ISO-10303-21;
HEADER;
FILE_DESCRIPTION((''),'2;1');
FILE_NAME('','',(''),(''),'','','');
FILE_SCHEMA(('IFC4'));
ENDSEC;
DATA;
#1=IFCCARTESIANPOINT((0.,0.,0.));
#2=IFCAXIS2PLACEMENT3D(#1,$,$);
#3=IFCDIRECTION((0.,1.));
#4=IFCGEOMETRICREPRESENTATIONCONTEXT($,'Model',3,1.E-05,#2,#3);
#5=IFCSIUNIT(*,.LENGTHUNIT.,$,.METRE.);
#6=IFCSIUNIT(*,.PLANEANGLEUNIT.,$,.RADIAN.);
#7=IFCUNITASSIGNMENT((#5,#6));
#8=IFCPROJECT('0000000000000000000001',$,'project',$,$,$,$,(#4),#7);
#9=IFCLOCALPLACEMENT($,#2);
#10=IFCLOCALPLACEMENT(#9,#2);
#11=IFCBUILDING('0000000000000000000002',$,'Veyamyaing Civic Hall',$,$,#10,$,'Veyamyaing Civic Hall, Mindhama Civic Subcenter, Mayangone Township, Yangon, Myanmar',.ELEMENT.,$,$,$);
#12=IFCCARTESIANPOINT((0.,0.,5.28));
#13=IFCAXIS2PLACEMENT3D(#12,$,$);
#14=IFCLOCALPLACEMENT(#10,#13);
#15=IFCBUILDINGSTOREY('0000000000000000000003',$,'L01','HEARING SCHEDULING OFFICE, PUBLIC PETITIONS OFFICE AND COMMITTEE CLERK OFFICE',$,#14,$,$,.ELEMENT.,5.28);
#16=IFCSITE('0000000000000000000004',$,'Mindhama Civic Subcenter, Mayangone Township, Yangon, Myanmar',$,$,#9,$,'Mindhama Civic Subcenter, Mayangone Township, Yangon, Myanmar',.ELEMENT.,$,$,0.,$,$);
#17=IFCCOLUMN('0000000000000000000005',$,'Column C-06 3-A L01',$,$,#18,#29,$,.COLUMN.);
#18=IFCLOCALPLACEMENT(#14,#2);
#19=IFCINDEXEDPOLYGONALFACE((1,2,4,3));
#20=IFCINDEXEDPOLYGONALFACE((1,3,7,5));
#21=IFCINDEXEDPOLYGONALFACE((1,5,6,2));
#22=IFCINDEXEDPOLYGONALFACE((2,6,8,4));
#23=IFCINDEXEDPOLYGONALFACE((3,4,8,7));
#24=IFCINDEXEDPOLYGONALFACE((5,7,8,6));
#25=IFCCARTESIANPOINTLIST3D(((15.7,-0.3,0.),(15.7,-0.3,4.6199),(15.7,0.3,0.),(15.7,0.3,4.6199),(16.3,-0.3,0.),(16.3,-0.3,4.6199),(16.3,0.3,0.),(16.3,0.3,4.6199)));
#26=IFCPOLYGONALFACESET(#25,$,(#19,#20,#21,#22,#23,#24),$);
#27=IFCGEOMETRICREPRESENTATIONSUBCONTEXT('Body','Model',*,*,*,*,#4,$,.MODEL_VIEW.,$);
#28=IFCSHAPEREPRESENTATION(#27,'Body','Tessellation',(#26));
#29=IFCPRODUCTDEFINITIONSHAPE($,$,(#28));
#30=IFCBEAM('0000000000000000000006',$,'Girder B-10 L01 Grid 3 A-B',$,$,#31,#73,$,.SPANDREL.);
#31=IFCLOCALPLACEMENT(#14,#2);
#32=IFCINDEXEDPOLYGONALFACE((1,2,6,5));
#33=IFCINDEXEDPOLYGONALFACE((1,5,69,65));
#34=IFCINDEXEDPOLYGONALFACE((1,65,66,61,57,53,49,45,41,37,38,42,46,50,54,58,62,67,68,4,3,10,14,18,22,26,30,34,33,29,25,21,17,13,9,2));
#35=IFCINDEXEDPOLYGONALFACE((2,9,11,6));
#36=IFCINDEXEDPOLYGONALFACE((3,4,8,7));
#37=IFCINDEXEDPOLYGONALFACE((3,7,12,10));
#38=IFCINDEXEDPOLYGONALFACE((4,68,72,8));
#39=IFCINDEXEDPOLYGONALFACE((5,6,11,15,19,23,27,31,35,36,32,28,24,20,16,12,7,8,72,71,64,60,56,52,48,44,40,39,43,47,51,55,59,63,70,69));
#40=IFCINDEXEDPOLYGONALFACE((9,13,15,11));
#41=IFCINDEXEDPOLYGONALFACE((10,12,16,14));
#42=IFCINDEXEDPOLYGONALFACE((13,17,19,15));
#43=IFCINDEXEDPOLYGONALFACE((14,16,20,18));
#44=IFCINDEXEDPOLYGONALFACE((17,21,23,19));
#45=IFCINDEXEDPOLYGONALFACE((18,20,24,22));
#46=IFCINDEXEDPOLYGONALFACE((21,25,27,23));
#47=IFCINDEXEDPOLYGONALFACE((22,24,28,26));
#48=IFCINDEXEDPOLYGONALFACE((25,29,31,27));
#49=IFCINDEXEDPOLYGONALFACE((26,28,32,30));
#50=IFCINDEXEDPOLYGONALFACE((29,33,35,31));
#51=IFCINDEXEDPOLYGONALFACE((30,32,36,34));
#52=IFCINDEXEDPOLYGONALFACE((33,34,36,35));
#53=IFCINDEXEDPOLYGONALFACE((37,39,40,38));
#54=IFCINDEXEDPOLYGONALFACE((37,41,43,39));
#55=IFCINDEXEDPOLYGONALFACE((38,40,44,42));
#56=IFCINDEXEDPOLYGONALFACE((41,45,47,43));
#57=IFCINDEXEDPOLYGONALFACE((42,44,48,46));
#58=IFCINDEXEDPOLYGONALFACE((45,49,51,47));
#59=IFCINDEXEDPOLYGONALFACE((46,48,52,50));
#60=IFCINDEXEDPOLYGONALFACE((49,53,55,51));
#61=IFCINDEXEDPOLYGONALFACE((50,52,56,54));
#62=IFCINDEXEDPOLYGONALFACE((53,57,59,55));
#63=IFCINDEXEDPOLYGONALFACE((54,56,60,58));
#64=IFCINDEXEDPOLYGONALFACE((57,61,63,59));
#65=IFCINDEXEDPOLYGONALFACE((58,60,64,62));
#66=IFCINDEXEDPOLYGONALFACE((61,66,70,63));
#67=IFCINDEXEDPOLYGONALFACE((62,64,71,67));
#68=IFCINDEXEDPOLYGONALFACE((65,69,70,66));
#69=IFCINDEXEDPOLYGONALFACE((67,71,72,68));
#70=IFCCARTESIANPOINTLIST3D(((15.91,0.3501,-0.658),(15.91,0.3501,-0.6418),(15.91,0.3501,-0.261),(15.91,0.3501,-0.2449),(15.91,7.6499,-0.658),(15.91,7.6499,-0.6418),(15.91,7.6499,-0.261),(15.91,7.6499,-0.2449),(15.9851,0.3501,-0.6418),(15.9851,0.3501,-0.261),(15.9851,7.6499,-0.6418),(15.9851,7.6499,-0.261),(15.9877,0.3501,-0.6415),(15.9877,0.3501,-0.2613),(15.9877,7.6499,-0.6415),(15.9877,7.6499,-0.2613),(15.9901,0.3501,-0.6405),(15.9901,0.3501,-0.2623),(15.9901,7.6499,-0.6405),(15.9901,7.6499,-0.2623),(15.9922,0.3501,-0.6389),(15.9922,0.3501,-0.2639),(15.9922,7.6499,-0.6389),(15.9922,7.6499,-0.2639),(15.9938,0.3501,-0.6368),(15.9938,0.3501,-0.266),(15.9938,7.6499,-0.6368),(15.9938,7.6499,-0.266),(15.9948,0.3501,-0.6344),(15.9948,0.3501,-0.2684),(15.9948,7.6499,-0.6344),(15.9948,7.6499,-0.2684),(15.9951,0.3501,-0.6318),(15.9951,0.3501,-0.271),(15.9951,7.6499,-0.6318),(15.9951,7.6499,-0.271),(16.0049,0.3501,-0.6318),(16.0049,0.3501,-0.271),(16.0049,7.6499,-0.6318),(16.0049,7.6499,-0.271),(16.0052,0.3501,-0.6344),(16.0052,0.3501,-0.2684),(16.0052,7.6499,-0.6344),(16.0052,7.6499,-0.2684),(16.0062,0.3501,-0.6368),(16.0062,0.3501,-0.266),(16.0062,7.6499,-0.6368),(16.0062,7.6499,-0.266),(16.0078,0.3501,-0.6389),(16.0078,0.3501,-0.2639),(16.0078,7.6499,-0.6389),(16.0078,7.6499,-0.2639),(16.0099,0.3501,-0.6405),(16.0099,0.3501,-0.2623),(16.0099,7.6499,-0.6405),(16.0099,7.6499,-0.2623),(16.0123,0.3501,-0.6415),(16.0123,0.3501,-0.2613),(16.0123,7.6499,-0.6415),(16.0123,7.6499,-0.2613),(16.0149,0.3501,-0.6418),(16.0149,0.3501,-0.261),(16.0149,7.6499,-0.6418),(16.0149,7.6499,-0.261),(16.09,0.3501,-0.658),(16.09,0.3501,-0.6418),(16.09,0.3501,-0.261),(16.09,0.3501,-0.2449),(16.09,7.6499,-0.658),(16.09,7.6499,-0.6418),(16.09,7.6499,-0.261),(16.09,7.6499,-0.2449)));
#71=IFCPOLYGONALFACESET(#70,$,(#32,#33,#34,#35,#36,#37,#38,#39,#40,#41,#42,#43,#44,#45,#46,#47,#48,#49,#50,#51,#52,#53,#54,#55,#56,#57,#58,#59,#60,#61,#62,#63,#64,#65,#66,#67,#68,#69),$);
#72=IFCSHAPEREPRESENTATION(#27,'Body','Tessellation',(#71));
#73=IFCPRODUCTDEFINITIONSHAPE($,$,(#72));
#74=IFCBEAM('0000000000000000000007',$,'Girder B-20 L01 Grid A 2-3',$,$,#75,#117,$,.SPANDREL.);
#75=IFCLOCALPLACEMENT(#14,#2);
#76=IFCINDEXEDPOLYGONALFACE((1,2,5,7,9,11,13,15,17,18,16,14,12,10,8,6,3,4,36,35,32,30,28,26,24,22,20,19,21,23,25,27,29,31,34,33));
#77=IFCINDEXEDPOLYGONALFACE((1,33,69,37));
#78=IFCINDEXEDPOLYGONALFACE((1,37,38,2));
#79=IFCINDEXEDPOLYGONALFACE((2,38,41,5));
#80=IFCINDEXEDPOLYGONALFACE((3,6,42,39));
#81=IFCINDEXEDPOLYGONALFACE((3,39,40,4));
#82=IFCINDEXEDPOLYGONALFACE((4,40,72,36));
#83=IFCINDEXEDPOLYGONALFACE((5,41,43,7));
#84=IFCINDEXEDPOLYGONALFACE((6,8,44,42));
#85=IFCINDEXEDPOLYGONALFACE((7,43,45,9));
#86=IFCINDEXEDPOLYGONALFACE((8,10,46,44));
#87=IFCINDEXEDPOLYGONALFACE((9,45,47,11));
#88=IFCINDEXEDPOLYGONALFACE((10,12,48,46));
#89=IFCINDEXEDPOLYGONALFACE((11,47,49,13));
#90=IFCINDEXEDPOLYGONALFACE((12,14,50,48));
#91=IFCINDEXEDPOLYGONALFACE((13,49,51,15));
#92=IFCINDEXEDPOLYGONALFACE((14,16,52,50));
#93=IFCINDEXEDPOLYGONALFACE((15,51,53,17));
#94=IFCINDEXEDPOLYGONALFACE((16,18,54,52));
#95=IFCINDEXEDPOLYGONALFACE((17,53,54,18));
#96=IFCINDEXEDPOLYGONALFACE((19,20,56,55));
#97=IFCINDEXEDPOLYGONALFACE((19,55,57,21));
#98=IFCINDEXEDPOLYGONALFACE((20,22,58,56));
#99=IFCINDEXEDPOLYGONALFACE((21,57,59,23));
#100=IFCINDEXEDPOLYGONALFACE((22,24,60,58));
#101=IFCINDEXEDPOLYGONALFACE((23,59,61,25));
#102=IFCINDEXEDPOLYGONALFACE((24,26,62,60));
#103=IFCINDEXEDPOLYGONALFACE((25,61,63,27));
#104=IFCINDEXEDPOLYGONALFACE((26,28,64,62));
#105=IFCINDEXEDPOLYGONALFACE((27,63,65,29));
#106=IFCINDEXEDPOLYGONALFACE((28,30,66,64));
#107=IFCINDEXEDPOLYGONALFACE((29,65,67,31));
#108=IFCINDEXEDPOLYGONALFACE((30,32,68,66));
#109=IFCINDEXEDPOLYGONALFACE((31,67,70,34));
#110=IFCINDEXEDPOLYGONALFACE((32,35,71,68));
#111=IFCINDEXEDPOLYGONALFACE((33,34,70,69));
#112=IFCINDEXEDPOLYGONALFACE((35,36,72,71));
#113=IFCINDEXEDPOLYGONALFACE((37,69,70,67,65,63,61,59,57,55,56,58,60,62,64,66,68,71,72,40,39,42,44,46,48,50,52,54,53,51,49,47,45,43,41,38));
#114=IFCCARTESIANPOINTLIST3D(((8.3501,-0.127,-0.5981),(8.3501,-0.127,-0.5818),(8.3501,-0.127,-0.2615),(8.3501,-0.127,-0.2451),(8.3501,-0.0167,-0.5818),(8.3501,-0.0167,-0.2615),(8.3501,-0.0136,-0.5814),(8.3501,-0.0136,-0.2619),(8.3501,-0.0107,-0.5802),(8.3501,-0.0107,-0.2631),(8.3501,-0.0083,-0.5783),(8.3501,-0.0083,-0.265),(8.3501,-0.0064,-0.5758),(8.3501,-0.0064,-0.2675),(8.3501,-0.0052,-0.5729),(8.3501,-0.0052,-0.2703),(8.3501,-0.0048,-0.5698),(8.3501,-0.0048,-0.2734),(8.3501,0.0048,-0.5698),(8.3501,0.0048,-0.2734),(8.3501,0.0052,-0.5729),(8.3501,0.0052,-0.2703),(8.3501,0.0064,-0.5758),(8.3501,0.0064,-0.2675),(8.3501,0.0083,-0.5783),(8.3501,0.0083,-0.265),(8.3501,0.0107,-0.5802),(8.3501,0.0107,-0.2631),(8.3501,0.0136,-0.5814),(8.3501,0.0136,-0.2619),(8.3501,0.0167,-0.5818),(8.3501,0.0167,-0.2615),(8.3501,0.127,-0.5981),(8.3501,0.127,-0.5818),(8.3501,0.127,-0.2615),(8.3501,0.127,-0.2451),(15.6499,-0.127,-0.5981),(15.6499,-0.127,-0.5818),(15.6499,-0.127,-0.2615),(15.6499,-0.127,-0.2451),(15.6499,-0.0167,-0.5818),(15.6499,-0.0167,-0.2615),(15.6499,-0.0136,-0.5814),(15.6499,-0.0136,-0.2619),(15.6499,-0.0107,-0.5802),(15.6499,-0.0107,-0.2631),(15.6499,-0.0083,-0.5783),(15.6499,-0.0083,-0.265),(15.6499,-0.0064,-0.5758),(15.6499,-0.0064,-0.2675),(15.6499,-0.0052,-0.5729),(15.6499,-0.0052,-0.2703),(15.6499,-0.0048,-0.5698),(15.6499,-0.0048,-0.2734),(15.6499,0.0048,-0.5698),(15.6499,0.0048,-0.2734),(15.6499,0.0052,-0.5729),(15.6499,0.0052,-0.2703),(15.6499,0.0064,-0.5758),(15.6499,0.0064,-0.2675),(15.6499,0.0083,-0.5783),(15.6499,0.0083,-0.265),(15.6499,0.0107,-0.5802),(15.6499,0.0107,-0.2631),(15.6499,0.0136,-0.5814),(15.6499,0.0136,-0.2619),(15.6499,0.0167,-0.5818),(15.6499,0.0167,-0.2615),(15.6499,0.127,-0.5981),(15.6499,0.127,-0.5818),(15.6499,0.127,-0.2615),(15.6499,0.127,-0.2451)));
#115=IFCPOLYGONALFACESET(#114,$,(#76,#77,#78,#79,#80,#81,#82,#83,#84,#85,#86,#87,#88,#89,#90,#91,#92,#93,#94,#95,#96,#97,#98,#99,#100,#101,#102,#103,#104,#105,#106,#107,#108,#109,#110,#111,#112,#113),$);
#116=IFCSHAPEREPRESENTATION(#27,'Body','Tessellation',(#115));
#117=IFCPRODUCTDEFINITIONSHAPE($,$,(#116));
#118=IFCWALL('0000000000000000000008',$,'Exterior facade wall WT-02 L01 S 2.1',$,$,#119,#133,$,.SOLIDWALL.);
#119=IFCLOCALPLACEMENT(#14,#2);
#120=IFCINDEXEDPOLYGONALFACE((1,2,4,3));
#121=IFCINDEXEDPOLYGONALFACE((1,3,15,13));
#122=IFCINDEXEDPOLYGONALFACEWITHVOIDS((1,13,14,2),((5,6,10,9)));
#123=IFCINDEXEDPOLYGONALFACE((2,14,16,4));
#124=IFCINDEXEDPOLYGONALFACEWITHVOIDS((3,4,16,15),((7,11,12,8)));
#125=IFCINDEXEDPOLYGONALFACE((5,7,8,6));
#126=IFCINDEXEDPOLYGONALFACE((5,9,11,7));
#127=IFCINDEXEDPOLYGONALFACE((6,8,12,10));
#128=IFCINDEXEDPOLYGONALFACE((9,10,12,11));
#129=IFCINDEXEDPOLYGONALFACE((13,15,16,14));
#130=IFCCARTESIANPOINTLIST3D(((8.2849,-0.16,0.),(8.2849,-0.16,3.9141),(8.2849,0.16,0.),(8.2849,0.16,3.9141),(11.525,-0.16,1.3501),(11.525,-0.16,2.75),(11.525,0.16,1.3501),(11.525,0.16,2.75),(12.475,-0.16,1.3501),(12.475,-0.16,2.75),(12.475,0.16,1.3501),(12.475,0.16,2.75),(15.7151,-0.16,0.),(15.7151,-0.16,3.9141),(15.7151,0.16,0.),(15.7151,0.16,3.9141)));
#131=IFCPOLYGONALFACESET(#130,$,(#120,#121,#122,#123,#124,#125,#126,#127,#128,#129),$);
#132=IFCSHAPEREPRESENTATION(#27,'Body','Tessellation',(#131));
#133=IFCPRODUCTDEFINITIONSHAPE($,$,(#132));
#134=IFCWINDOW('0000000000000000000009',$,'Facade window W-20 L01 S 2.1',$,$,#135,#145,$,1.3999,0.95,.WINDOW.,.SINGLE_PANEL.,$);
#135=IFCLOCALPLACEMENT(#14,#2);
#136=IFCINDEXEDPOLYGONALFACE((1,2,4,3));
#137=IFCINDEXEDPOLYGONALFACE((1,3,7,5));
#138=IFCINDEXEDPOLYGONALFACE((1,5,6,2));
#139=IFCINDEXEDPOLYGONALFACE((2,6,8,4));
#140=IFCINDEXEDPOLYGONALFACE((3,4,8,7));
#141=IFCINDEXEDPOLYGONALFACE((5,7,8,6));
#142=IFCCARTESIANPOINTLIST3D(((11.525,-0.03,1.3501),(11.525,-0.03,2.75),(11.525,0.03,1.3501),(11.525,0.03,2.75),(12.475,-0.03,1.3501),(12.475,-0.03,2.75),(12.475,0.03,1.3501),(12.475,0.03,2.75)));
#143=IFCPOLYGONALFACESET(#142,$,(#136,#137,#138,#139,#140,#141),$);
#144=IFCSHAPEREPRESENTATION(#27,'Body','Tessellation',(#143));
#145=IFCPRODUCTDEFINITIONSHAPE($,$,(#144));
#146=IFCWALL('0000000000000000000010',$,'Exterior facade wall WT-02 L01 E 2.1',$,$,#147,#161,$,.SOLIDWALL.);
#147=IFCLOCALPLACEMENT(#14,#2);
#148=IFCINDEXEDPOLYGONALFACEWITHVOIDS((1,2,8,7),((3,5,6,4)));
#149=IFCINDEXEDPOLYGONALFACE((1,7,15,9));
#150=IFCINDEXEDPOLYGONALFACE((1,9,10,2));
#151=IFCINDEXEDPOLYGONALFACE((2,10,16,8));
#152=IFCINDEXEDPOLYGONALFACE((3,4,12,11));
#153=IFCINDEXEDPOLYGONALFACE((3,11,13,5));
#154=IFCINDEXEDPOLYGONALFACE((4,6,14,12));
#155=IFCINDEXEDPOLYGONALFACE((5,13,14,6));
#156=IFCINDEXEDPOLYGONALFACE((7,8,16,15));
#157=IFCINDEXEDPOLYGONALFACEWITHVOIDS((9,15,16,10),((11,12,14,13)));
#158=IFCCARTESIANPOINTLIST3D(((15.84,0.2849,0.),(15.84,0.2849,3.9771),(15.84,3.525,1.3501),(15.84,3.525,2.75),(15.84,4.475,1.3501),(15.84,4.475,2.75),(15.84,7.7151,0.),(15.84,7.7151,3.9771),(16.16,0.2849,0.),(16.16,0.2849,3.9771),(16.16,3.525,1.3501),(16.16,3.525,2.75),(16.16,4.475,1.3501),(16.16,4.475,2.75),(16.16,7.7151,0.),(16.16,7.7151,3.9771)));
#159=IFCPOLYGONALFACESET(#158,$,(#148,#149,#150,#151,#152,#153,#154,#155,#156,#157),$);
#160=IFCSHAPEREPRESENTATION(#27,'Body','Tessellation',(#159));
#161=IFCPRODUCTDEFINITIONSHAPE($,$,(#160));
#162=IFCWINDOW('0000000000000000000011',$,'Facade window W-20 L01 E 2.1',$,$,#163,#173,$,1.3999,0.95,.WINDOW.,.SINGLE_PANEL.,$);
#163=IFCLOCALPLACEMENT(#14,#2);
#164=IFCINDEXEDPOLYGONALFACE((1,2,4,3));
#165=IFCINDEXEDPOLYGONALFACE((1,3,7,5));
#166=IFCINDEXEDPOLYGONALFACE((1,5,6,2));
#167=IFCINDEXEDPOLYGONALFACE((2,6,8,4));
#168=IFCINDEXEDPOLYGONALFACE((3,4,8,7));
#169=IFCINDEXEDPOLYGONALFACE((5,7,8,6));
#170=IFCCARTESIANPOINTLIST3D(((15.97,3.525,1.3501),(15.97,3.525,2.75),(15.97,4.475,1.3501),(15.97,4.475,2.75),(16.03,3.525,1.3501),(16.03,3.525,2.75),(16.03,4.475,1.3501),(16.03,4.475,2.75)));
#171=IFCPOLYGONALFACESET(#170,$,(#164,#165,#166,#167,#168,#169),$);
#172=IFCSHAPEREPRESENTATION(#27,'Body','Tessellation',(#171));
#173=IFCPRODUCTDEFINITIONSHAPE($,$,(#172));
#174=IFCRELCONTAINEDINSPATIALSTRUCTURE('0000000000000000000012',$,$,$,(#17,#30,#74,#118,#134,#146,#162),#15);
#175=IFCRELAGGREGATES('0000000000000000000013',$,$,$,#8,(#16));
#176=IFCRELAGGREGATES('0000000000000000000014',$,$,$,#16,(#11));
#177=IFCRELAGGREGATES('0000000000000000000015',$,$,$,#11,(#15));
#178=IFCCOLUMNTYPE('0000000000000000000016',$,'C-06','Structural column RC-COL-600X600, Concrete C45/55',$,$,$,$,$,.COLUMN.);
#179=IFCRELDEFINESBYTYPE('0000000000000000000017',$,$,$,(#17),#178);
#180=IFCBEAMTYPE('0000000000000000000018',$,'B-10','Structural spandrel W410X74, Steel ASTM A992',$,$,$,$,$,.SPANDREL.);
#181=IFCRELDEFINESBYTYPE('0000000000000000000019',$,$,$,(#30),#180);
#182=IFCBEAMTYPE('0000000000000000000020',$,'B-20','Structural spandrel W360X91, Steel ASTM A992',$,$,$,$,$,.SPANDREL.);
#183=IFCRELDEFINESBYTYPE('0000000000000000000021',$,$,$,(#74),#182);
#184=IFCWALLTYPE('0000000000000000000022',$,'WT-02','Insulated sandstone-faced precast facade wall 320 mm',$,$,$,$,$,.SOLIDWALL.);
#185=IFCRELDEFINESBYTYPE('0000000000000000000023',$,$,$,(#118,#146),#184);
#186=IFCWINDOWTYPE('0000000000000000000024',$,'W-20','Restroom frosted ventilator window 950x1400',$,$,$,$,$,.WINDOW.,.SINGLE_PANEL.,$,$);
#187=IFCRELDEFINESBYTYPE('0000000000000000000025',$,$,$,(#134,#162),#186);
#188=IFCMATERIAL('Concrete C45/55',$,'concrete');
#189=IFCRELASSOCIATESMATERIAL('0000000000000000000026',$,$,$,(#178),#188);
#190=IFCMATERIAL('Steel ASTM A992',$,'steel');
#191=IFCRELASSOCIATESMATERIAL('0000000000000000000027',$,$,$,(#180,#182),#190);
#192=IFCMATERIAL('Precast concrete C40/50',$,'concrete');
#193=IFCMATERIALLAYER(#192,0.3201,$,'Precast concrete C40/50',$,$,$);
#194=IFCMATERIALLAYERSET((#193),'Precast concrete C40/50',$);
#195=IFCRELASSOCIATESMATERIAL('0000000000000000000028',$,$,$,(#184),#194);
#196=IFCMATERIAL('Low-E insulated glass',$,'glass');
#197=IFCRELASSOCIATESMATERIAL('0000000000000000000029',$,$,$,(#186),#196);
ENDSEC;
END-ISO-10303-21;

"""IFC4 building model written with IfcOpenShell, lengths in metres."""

from ifc_helpers import new_model, si_unit, direction, frame, frame_2d, origin, origin_2d, place, context, subcontext, project, spatial, rectangle, i_section, extrude, material, layer, layer_set, material_profile, profile_set, type_object, element, fill, save


model = new_model("IFC4")

# Units and contexts
model_context = context("Model", 3, precision=1e-05, world=origin(), true_north=direction((0.0, 1.0)))
body_context = subcontext(model_context, "Body", "Model", "MODEL_VIEW")
ifc_project = project(units=[si_unit("LENGTHUNIT", "METRE"), si_unit("PLANEANGLEUNIT", "RADIAN")], contexts=[model_context])

# Site, building, storey
site_placement = place(None, origin())
site = spatial("IfcSite", under=ifc_project, at=site_placement, Name="Mindhama Civic Subcenter, Mayangone Township, Yangon, Myanmar", LongName="Mindhama Civic Subcenter, Mayangone Township, Yangon, Myanmar", CompositionType="ELEMENT", RefElevation=0.0)
building_placement = place(site_placement, origin())
building = spatial("IfcBuilding", under=site, at=building_placement, Name="Veyamyaing Civic Hall", LongName="Veyamyaing Civic Hall, Mindhama Civic Subcenter, Mayangone Township, Yangon, Myanmar", CompositionType="ELEMENT")
storey_placement = place(building_placement, frame((0.0, 0.0, 5.28)))
storey = spatial("IfcBuildingStorey", under=building, at=storey_placement, Name="L01", Description="HEARING SCHEDULING OFFICE, PUBLIC PETITIONS OFFICE AND COMMITTEE CLERK OFFICE", CompositionType="ELEMENT", Elevation=5.28)

# Column
ifc_material_1 = material(Name="Concrete C45/55", Category="concrete")
ifc_material_profile_1 = material_profile(ifc_material_1, rectangle(XDim=0.6001, YDim=0.6001, at=origin_2d()), Name="RC-COL-600X600")
ifc_profile_set_1 = profile_set([ifc_material_profile_1], Name="Concrete C45/55")
column_type = type_object("IfcColumnType", Name="C-06", Description="Structural column RC-COL-600X600, Concrete C45/55", PredefinedType="COLUMN", material=ifc_profile_set_1)
column_placement = place(storey_placement, frame((16.0, 0.0, 0.0), z_axis=(0.0, 0.0, 1.0), x_axis=(1.0, 0.0, 0.0)))
element("IfcColumn", 1, at=column_placement, inside=storey, type_object=column_type, Name="Column C-06 3-A L01", PredefinedType="COLUMN", context=body_context, shape_type="SweptSolid", body=[
    extrude(rectangle(XDim=0.6001, YDim=0.6001, at=origin_2d()), origin(), (0.0, 0.0, 1.0), 4.6199),
])

# Beams
ifc_material_2 = material(Name="Steel ASTM A992", Category="steel")
ifc_material_profile_2 = material_profile(ifc_material_2, i_section(OverallWidth=0.1799, OverallDepth=0.4131, WebThickness=0.0098, FlangeThickness=0.0161, FilletRadius=0.01, at=origin_2d()), Name="W410X74")
ifc_profile_set_2 = profile_set([ifc_material_profile_2], Name="Steel ASTM A992")
beam_type_1 = type_object("IfcBeamType", Name="B-10", Description="Structural spandrel W410X74, Steel ASTM A992", PredefinedType="SPANDREL", material=ifc_profile_set_2)
beam_1_placement = place(storey_placement, frame((16.0, 0.3501, -0.4514), z_axis=(0.0, 1.0, 0.0), x_axis=(-1.0, 0.0, 0.0)))
element("IfcBeam", 2, at=beam_1_placement, inside=storey, type_object=beam_type_1, Name="Girder B-10 L01 Grid 3 A-B", PredefinedType="SPANDREL", context=body_context, shape_type="SweptSolid", body=[
    extrude(i_section(OverallWidth=0.1799, OverallDepth=0.4131, WebThickness=0.0098, FlangeThickness=0.0161, FilletRadius=0.01, at=origin_2d()), origin(), (0.0, 0.0, 1.0), 7.2998),
])
ifc_material_profile_3 = material_profile(ifc_material_2, i_section(OverallWidth=0.2539, OverallDepth=0.353, WebThickness=0.0095, FlangeThickness=0.0164, FilletRadius=0.012, at=origin_2d()), Name="W360X91")
ifc_profile_set_3 = profile_set([ifc_material_profile_3], Name="Steel ASTM A992")
beam_type_2 = type_object("IfcBeamType", Name="B-20", Description="Structural spandrel W360X91, Steel ASTM A992", PredefinedType="SPANDREL", material=ifc_profile_set_3)
beam_2_placement = place(storey_placement, frame((8.3501, 0.0, -0.4216), z_axis=(1.0, 0.0, 0.0), x_axis=(0.0, 1.0, 0.0)))
element("IfcBeam", 3, at=beam_2_placement, inside=storey, type_object=beam_type_2, Name="Girder B-20 L01 Grid A 2-3", PredefinedType="SPANDREL", context=body_context, shape_type="SweptSolid", body=[
    extrude(i_section(OverallWidth=0.2539, OverallDepth=0.353, WebThickness=0.0095, FlangeThickness=0.0164, FilletRadius=0.012, at=origin_2d()), origin(), (0.0, 0.0, 1.0), 7.2998),
])

# Walls, openings, windows
ifc_material_3 = material(Name="Precast concrete C40/50", Category="concrete")
ifc_layer_1 = layer(ifc_material_3, 0.3201, Name="Precast concrete C40/50")
ifc_layer_set_1 = layer_set([ifc_layer_1], Name="Precast concrete C40/50")
wall_type = type_object("IfcWallType", Name="WT-02", Description="Insulated sandstone-faced precast facade wall 320 mm", PredefinedType="SOLIDWALL", material=ifc_layer_set_1)
wall_1_placement = place(storey_placement, frame((8.2849, 0.0, 0.0), z_axis=(0.0, 0.0, 1.0), x_axis=(1.0, 0.0, 0.0)))
wall_1 = element("IfcWall", 4, at=wall_1_placement, inside=storey, type_object=wall_type, Name="Exterior facade wall WT-02 L01 S 2.1", PredefinedType="SOLIDWALL", context=body_context, shape_type="SweptSolid", body=[
    extrude(rectangle(XDim=7.4302, YDim=0.3201, at=frame_2d((3.7151, 0.0))), origin(), (0.0, 0.0, 1.0), 3.9141),
])
opening_1_placement = place(wall_1_placement, frame((3.24, 0.0, 1.3501)))
opening_1 = element("IfcOpeningElement", 5, at=opening_1_placement, cuts=wall_1, PredefinedType="OPENING", context=body_context, shape_type="SweptSolid", body=[
    extrude(rectangle(XDim=0.95, YDim=1.3999, at=frame_2d((0.4751, 0.7))), frame((0.0, 0.1699, 0.0), z_axis=(0.0, -1.0, 0.0), x_axis=(1.0, 0.0, 0.0)), (0.0, 0.0, 1.0), 0.3401),
])
ifc_material_4 = material(Name="Low-E insulated glass", Category="glass")
window_type = type_object("IfcWindowType", Name="W-20", Description="Restroom frosted ventilator window 950x1400", PartitioningType="SINGLE_PANEL", PredefinedType="WINDOW", material=ifc_material_4)
window_1_placement = place(opening_1_placement, origin())
window_1 = element("IfcWindow", 6, at=window_1_placement, inside=storey, type_object=window_type, Name="Facade window W-20 L01 S 2.1", OverallHeight=1.3999, OverallWidth=0.95, PartitioningType="SINGLE_PANEL", PredefinedType="WINDOW", context=body_context, shape_type="SweptSolid", body=[
    extrude(rectangle(XDim=0.95, YDim=1.3999, at=frame_2d((0.4751, 0.7))), frame((0.0, 0.03, 0.0), z_axis=(0.0, -1.0, 0.0), x_axis=(1.0, 0.0, 0.0)), (0.0, 0.0, 1.0), 0.0601),
])
fill(opening_1, window_1)
wall_2_placement = place(storey_placement, frame((16.0, 0.2849, 0.0), z_axis=(0.0, 0.0, 1.0), x_axis=(0.0, 1.0, 0.0)))
wall_2 = element("IfcWall", 7, at=wall_2_placement, inside=storey, type_object=wall_type, Name="Exterior facade wall WT-02 L01 E 2.1", PredefinedType="SOLIDWALL", context=body_context, shape_type="SweptSolid", body=[
    extrude(rectangle(XDim=7.4302, YDim=0.3201, at=frame_2d((3.7151, 0.0))), origin(), (0.0, 0.0, 1.0), 3.9771),
])
opening_2_placement = place(wall_2_placement, frame((3.24, 0.0, 1.3501)))
opening_2 = element("IfcOpeningElement", 8, at=opening_2_placement, cuts=wall_2, PredefinedType="OPENING", context=body_context, shape_type="SweptSolid", body=[
    extrude(rectangle(XDim=0.95, YDim=1.3999, at=frame_2d((0.4751, 0.7))), frame((0.0, 0.1699, 0.0), z_axis=(0.0, -1.0, 0.0), x_axis=(1.0, 0.0, 0.0)), (0.0, 0.0, 1.0), 0.3401),
])
window_2_placement = place(opening_2_placement, origin())
window_2 = element("IfcWindow", 9, at=window_2_placement, inside=storey, type_object=window_type, Name="Facade window W-20 L01 E 2.1", OverallHeight=1.3999, OverallWidth=0.95, PartitioningType="SINGLE_PANEL", PredefinedType="WINDOW", context=body_context, shape_type="SweptSolid", body=[
    extrude(rectangle(XDim=0.95, YDim=1.3999, at=frame_2d((0.4751, 0.7))), frame((0.0, 0.03, 0.0), z_axis=(0.0, -1.0, 0.0), x_axis=(1.0, 0.0, 0.0)), (0.0, 0.0, 1.0), 0.0601),
])
fill(opening_2, window_2)

save(model, "model.ifc")
